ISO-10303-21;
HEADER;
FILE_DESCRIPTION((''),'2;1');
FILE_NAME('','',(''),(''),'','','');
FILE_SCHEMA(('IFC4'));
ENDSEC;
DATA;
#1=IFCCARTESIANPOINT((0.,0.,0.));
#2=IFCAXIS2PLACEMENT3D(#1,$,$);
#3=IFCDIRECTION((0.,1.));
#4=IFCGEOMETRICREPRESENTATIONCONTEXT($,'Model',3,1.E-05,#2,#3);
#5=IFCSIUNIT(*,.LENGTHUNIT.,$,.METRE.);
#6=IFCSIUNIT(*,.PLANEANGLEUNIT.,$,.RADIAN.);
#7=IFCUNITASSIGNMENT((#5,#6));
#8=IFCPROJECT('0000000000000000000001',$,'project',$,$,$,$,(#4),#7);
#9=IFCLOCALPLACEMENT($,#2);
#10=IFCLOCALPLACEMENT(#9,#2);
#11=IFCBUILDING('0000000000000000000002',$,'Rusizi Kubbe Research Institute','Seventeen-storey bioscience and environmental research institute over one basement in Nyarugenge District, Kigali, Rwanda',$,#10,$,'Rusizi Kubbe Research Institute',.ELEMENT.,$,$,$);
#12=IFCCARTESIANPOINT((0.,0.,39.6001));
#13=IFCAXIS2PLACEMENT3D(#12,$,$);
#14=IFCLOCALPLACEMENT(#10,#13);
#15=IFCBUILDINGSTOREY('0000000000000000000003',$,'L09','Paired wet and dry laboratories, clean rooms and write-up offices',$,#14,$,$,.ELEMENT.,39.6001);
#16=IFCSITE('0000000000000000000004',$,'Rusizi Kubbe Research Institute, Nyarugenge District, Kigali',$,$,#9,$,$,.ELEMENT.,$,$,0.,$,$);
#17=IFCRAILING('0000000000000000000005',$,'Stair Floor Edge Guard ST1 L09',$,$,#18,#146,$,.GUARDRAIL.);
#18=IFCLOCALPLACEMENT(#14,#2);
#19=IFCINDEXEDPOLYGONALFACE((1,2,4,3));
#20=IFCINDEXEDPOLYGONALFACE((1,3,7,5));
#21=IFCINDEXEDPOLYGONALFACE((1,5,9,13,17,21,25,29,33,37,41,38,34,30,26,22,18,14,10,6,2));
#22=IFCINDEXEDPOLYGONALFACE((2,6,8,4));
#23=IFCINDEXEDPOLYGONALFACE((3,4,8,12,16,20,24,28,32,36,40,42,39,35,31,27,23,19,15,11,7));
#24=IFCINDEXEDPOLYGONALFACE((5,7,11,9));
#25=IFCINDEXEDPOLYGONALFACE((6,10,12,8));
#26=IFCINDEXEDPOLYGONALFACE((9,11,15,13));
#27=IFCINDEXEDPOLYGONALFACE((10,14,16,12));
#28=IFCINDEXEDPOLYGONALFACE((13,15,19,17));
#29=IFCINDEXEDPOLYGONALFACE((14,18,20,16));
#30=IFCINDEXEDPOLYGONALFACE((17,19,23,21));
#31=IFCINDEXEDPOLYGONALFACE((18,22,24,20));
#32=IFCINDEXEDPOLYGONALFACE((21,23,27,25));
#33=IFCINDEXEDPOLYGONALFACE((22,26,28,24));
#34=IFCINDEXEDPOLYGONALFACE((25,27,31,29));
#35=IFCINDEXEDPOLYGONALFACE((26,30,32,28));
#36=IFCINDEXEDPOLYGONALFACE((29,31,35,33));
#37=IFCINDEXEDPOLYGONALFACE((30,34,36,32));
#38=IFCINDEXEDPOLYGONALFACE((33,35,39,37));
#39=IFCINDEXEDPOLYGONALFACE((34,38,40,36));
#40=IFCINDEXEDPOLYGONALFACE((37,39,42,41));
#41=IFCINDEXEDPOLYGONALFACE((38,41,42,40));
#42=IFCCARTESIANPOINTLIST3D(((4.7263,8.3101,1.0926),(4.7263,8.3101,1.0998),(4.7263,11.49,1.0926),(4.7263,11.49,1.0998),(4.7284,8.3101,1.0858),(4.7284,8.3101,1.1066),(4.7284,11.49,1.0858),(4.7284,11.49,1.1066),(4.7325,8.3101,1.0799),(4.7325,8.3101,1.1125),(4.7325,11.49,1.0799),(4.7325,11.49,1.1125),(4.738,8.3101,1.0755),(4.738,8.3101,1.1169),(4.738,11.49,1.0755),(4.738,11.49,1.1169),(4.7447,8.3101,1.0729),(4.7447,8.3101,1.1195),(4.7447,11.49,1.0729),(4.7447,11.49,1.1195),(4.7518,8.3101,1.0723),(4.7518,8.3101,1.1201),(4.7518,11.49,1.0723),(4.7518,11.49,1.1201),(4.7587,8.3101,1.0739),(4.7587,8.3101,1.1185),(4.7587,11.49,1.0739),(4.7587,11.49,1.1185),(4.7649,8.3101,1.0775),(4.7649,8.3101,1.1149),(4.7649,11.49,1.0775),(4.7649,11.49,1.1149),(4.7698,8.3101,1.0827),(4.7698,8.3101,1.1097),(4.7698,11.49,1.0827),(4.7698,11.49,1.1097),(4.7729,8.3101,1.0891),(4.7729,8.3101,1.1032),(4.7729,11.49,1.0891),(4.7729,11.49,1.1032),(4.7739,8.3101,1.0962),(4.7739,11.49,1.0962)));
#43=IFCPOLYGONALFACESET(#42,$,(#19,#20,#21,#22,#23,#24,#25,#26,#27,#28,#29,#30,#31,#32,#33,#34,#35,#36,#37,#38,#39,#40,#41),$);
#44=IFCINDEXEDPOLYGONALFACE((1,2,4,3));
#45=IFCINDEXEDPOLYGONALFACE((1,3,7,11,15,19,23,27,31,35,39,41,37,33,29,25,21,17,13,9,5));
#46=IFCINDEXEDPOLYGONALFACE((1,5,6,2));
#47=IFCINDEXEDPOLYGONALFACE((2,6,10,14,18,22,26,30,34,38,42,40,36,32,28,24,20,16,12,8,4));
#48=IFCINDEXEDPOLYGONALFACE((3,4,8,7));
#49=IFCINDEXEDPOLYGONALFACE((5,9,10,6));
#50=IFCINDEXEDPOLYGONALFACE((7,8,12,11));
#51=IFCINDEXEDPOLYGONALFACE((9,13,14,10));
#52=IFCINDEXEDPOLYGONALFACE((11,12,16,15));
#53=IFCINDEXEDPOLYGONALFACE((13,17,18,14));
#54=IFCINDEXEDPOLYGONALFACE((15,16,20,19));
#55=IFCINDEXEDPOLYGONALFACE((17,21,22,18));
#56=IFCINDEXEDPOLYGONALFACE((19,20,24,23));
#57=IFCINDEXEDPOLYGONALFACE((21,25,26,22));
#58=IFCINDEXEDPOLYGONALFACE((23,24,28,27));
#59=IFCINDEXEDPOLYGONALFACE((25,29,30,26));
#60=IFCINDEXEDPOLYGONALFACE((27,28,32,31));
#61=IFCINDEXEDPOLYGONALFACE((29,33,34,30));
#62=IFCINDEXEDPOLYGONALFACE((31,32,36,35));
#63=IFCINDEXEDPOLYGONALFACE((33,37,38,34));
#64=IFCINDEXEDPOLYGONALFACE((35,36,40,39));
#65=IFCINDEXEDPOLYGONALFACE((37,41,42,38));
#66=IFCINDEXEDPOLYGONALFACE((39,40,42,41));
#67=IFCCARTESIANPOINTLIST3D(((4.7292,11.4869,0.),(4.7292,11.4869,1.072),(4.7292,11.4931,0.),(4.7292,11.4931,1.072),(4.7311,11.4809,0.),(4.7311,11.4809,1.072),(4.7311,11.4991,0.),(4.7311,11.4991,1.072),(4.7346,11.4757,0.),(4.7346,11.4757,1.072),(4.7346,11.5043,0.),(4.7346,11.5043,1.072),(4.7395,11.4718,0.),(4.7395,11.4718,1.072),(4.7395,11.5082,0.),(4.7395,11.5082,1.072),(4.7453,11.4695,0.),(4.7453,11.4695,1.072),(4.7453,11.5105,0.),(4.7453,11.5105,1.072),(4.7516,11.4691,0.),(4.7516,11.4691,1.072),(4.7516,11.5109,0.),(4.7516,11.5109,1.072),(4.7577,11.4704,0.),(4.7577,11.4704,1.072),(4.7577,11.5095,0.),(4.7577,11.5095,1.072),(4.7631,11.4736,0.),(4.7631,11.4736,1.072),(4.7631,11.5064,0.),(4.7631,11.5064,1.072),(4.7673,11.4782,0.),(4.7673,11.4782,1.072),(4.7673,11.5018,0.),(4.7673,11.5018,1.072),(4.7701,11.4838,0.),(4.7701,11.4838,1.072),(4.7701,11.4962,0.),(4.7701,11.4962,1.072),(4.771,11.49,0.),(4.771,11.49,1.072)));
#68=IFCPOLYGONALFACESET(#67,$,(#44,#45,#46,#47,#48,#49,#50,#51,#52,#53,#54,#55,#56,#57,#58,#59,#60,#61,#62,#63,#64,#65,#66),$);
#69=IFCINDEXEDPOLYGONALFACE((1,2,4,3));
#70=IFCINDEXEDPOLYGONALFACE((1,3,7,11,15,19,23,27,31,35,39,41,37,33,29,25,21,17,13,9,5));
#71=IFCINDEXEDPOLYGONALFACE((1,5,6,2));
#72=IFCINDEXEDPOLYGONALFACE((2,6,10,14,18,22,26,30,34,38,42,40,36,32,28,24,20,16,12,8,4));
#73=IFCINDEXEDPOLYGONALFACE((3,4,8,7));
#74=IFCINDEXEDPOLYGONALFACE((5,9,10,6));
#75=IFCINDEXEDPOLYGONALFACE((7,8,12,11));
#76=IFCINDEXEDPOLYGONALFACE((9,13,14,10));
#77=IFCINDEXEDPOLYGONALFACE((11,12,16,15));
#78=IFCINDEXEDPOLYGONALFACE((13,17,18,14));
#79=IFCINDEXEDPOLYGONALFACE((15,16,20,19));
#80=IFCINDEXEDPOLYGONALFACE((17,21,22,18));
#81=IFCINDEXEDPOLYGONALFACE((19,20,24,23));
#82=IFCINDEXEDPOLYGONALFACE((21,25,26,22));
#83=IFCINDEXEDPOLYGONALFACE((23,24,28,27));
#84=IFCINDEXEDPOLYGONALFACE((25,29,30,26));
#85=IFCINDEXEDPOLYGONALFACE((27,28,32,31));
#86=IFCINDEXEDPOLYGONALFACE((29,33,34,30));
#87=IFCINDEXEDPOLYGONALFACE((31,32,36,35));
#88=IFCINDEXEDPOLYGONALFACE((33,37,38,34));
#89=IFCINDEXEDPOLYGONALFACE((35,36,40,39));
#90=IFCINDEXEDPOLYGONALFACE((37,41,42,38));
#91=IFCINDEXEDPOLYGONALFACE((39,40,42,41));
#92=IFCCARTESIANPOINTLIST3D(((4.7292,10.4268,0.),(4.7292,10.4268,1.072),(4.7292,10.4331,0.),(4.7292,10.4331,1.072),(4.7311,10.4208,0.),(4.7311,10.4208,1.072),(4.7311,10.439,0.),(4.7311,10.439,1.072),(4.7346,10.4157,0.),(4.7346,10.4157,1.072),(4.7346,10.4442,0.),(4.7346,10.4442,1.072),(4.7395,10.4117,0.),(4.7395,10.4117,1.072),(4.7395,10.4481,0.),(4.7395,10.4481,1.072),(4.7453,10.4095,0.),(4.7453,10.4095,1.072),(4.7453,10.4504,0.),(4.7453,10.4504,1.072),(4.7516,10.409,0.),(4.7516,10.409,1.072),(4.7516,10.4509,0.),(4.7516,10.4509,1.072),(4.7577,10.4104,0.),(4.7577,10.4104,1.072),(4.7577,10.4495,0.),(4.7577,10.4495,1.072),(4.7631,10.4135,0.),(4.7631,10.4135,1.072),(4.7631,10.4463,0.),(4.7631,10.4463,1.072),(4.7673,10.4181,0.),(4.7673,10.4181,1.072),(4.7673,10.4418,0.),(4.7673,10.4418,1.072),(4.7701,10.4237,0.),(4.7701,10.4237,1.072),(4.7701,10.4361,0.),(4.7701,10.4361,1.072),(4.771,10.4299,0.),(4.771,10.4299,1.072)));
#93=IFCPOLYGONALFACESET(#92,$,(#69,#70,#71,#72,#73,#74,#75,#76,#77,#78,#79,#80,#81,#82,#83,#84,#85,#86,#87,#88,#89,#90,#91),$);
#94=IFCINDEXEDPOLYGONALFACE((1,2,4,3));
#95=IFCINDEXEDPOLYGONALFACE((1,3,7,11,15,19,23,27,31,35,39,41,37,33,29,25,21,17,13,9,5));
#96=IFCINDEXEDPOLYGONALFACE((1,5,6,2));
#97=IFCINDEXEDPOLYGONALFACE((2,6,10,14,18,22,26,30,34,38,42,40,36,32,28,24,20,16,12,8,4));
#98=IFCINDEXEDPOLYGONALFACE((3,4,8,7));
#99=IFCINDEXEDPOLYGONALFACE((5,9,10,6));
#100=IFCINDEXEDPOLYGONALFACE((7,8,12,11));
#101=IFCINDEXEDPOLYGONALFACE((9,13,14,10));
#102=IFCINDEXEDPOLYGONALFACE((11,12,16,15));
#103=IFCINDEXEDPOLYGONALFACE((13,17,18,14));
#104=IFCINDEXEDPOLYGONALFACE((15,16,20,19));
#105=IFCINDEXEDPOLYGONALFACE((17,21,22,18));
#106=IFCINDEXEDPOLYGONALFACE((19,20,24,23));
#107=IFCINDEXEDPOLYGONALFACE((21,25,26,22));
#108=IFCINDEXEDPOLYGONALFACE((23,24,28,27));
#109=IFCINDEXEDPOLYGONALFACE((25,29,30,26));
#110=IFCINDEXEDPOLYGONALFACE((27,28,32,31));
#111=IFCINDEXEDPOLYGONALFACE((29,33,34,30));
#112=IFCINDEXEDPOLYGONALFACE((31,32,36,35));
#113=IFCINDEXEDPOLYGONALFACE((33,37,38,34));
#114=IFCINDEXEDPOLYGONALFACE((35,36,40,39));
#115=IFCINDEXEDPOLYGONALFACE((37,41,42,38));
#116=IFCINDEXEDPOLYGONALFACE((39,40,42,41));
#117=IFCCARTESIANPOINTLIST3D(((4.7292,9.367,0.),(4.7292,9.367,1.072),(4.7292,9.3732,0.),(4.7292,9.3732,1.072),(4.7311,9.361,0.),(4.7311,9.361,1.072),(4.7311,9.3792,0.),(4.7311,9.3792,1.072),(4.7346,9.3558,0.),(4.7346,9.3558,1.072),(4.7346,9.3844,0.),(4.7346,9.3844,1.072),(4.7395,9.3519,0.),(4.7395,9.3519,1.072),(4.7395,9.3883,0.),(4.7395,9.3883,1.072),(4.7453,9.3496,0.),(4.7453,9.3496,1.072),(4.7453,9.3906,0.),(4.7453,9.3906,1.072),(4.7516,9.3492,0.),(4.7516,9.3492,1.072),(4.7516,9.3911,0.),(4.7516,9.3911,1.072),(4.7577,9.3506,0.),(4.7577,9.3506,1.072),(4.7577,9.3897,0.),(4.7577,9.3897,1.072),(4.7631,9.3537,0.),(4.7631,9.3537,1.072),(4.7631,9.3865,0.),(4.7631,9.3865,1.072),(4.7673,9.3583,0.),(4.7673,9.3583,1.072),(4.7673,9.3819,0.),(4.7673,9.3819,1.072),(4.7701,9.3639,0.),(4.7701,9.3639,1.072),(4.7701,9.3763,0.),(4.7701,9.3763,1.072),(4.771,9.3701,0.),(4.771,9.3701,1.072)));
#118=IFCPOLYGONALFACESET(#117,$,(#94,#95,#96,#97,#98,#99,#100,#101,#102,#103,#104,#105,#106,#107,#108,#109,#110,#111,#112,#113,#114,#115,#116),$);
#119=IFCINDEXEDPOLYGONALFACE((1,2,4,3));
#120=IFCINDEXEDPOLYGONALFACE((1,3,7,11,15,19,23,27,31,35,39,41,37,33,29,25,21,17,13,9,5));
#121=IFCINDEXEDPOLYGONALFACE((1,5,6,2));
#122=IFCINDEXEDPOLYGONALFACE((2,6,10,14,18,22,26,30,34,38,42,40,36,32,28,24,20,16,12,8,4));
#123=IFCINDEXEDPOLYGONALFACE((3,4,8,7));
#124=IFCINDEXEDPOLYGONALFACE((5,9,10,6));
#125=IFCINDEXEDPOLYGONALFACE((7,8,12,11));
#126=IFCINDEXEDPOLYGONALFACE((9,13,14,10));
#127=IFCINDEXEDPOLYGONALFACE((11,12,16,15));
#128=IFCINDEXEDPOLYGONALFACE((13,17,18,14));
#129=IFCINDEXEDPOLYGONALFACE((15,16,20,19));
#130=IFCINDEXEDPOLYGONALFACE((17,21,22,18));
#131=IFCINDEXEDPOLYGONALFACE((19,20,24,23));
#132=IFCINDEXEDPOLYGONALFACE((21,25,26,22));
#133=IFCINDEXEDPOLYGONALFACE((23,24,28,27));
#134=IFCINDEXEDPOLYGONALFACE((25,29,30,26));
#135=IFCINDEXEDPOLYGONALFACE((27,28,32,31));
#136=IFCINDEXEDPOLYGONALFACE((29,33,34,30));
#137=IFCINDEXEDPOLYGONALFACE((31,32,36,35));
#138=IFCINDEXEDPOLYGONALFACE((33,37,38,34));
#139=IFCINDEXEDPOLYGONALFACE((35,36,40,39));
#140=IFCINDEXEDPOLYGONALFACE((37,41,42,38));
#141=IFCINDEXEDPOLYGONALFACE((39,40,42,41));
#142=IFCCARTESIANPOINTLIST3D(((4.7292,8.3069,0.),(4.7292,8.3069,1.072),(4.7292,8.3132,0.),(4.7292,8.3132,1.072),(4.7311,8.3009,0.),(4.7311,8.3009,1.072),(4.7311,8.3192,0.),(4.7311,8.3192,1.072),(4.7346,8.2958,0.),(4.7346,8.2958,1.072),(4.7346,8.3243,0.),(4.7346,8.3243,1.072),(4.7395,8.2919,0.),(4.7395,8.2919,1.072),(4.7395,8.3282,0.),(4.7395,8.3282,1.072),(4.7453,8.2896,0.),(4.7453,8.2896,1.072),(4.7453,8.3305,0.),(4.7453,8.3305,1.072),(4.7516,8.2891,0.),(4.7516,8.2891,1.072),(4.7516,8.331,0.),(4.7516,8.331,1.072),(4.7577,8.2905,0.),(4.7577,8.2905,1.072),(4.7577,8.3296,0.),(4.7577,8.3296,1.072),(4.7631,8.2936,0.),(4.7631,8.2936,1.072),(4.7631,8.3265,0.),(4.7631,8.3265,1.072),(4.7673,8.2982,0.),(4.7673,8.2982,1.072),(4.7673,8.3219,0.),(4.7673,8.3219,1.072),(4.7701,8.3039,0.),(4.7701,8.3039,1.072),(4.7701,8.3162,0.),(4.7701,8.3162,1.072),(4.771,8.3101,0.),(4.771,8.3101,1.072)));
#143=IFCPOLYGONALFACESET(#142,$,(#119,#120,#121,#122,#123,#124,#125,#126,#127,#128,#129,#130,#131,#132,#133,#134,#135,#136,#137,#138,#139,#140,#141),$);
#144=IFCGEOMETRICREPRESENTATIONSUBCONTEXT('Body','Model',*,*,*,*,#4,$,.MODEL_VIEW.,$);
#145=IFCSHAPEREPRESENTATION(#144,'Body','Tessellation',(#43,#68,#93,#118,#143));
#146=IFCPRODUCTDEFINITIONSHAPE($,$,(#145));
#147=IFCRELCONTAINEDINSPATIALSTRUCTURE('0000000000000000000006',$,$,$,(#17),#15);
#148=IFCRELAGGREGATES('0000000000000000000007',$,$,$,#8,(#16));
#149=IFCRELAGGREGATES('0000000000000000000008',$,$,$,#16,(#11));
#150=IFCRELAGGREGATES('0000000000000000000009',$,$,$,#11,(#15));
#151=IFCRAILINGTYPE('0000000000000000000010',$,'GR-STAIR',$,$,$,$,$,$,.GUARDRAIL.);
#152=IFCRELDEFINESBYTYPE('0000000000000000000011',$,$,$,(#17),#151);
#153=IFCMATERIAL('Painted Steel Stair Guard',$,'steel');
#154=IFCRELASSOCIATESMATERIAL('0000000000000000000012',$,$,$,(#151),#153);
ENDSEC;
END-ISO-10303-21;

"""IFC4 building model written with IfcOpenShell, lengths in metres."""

from ifc_helpers import new_model, si_unit, direction, frame, origin, origin_2d, place, context, subcontext, project, spatial, circle, extrude, material, type_object, element, save


model = new_model("IFC4")

# Units and contexts
model_context = context("Model", 3, precision=1e-05, world=origin(), true_north=direction((0.0, 1.0)))
body_context = subcontext(model_context, "Body", "Model", "MODEL_VIEW")
ifc_project = project(units=[si_unit("LENGTHUNIT", "METRE"), si_unit("PLANEANGLEUNIT", "RADIAN")], contexts=[model_context])

# Site, building, storey
site_placement = place(None, origin())
site = spatial("IfcSite", under=ifc_project, at=site_placement, Name="Rusizi Kubbe Research Institute, Nyarugenge District, Kigali", CompositionType="ELEMENT", RefElevation=0.0)
building_placement = place(site_placement, origin())
building = spatial("IfcBuilding", under=site, at=building_placement, Name="Rusizi Kubbe Research Institute", Description="Seventeen-storey bioscience and environmental research institute over one basement in Nyarugenge District, Kigali, Rwanda", LongName="Rusizi Kubbe Research Institute", CompositionType="ELEMENT")
storey_placement = place(building_placement, frame((0.0, 0.0, 39.6001)))
storey = spatial("IfcBuildingStorey", under=building, at=storey_placement, Name="L09", Description="Paired wet and dry laboratories, clean rooms and write-up offices", CompositionType="ELEMENT", Elevation=39.6001)

# Railing
ifc_material_1 = material(Name="Painted Steel Stair Guard", Category="steel")
railing_type = type_object("IfcRailingType", Name="GR-STAIR", PredefinedType="GUARDRAIL", material=ifc_material_1)
railing_placement = place(storey_placement, frame((4.75, 11.49, 0.0)))
element("IfcRailing", 1, at=railing_placement, inside=storey, type_object=railing_type, Name="Stair Floor Edge Guard ST1 L09", PredefinedType="GUARDRAIL", context=body_context, shape_type="SweptSolid", body=[
    extrude(circle(Radius=0.0239, at=origin_2d()), frame((0.0, 0.0, 1.0962), z_axis=(0.0, -1.0, 0.0), x_axis=(1.0, 0.0, 0.0)), (0.0, 0.0, 1.0), 3.1799),
    extrude(circle(Radius=0.021, at=origin_2d()), origin(), (0.0, 0.0, 1.0), 1.072),
    extrude(circle(Radius=0.021, at=origin_2d()), frame((0.0, -1.0601, 0.0)), (0.0, 0.0, 1.0), 1.072),
    extrude(circle(Radius=0.021, at=origin_2d()), frame((0.0, -2.1199, 0.0)), (0.0, 0.0, 1.0), 1.072),
    extrude(circle(Radius=0.021, at=origin_2d()), frame((0.0, -3.1799, 0.0)), (0.0, 0.0, 1.0), 1.072),
])

save(model, "model.ifc")
